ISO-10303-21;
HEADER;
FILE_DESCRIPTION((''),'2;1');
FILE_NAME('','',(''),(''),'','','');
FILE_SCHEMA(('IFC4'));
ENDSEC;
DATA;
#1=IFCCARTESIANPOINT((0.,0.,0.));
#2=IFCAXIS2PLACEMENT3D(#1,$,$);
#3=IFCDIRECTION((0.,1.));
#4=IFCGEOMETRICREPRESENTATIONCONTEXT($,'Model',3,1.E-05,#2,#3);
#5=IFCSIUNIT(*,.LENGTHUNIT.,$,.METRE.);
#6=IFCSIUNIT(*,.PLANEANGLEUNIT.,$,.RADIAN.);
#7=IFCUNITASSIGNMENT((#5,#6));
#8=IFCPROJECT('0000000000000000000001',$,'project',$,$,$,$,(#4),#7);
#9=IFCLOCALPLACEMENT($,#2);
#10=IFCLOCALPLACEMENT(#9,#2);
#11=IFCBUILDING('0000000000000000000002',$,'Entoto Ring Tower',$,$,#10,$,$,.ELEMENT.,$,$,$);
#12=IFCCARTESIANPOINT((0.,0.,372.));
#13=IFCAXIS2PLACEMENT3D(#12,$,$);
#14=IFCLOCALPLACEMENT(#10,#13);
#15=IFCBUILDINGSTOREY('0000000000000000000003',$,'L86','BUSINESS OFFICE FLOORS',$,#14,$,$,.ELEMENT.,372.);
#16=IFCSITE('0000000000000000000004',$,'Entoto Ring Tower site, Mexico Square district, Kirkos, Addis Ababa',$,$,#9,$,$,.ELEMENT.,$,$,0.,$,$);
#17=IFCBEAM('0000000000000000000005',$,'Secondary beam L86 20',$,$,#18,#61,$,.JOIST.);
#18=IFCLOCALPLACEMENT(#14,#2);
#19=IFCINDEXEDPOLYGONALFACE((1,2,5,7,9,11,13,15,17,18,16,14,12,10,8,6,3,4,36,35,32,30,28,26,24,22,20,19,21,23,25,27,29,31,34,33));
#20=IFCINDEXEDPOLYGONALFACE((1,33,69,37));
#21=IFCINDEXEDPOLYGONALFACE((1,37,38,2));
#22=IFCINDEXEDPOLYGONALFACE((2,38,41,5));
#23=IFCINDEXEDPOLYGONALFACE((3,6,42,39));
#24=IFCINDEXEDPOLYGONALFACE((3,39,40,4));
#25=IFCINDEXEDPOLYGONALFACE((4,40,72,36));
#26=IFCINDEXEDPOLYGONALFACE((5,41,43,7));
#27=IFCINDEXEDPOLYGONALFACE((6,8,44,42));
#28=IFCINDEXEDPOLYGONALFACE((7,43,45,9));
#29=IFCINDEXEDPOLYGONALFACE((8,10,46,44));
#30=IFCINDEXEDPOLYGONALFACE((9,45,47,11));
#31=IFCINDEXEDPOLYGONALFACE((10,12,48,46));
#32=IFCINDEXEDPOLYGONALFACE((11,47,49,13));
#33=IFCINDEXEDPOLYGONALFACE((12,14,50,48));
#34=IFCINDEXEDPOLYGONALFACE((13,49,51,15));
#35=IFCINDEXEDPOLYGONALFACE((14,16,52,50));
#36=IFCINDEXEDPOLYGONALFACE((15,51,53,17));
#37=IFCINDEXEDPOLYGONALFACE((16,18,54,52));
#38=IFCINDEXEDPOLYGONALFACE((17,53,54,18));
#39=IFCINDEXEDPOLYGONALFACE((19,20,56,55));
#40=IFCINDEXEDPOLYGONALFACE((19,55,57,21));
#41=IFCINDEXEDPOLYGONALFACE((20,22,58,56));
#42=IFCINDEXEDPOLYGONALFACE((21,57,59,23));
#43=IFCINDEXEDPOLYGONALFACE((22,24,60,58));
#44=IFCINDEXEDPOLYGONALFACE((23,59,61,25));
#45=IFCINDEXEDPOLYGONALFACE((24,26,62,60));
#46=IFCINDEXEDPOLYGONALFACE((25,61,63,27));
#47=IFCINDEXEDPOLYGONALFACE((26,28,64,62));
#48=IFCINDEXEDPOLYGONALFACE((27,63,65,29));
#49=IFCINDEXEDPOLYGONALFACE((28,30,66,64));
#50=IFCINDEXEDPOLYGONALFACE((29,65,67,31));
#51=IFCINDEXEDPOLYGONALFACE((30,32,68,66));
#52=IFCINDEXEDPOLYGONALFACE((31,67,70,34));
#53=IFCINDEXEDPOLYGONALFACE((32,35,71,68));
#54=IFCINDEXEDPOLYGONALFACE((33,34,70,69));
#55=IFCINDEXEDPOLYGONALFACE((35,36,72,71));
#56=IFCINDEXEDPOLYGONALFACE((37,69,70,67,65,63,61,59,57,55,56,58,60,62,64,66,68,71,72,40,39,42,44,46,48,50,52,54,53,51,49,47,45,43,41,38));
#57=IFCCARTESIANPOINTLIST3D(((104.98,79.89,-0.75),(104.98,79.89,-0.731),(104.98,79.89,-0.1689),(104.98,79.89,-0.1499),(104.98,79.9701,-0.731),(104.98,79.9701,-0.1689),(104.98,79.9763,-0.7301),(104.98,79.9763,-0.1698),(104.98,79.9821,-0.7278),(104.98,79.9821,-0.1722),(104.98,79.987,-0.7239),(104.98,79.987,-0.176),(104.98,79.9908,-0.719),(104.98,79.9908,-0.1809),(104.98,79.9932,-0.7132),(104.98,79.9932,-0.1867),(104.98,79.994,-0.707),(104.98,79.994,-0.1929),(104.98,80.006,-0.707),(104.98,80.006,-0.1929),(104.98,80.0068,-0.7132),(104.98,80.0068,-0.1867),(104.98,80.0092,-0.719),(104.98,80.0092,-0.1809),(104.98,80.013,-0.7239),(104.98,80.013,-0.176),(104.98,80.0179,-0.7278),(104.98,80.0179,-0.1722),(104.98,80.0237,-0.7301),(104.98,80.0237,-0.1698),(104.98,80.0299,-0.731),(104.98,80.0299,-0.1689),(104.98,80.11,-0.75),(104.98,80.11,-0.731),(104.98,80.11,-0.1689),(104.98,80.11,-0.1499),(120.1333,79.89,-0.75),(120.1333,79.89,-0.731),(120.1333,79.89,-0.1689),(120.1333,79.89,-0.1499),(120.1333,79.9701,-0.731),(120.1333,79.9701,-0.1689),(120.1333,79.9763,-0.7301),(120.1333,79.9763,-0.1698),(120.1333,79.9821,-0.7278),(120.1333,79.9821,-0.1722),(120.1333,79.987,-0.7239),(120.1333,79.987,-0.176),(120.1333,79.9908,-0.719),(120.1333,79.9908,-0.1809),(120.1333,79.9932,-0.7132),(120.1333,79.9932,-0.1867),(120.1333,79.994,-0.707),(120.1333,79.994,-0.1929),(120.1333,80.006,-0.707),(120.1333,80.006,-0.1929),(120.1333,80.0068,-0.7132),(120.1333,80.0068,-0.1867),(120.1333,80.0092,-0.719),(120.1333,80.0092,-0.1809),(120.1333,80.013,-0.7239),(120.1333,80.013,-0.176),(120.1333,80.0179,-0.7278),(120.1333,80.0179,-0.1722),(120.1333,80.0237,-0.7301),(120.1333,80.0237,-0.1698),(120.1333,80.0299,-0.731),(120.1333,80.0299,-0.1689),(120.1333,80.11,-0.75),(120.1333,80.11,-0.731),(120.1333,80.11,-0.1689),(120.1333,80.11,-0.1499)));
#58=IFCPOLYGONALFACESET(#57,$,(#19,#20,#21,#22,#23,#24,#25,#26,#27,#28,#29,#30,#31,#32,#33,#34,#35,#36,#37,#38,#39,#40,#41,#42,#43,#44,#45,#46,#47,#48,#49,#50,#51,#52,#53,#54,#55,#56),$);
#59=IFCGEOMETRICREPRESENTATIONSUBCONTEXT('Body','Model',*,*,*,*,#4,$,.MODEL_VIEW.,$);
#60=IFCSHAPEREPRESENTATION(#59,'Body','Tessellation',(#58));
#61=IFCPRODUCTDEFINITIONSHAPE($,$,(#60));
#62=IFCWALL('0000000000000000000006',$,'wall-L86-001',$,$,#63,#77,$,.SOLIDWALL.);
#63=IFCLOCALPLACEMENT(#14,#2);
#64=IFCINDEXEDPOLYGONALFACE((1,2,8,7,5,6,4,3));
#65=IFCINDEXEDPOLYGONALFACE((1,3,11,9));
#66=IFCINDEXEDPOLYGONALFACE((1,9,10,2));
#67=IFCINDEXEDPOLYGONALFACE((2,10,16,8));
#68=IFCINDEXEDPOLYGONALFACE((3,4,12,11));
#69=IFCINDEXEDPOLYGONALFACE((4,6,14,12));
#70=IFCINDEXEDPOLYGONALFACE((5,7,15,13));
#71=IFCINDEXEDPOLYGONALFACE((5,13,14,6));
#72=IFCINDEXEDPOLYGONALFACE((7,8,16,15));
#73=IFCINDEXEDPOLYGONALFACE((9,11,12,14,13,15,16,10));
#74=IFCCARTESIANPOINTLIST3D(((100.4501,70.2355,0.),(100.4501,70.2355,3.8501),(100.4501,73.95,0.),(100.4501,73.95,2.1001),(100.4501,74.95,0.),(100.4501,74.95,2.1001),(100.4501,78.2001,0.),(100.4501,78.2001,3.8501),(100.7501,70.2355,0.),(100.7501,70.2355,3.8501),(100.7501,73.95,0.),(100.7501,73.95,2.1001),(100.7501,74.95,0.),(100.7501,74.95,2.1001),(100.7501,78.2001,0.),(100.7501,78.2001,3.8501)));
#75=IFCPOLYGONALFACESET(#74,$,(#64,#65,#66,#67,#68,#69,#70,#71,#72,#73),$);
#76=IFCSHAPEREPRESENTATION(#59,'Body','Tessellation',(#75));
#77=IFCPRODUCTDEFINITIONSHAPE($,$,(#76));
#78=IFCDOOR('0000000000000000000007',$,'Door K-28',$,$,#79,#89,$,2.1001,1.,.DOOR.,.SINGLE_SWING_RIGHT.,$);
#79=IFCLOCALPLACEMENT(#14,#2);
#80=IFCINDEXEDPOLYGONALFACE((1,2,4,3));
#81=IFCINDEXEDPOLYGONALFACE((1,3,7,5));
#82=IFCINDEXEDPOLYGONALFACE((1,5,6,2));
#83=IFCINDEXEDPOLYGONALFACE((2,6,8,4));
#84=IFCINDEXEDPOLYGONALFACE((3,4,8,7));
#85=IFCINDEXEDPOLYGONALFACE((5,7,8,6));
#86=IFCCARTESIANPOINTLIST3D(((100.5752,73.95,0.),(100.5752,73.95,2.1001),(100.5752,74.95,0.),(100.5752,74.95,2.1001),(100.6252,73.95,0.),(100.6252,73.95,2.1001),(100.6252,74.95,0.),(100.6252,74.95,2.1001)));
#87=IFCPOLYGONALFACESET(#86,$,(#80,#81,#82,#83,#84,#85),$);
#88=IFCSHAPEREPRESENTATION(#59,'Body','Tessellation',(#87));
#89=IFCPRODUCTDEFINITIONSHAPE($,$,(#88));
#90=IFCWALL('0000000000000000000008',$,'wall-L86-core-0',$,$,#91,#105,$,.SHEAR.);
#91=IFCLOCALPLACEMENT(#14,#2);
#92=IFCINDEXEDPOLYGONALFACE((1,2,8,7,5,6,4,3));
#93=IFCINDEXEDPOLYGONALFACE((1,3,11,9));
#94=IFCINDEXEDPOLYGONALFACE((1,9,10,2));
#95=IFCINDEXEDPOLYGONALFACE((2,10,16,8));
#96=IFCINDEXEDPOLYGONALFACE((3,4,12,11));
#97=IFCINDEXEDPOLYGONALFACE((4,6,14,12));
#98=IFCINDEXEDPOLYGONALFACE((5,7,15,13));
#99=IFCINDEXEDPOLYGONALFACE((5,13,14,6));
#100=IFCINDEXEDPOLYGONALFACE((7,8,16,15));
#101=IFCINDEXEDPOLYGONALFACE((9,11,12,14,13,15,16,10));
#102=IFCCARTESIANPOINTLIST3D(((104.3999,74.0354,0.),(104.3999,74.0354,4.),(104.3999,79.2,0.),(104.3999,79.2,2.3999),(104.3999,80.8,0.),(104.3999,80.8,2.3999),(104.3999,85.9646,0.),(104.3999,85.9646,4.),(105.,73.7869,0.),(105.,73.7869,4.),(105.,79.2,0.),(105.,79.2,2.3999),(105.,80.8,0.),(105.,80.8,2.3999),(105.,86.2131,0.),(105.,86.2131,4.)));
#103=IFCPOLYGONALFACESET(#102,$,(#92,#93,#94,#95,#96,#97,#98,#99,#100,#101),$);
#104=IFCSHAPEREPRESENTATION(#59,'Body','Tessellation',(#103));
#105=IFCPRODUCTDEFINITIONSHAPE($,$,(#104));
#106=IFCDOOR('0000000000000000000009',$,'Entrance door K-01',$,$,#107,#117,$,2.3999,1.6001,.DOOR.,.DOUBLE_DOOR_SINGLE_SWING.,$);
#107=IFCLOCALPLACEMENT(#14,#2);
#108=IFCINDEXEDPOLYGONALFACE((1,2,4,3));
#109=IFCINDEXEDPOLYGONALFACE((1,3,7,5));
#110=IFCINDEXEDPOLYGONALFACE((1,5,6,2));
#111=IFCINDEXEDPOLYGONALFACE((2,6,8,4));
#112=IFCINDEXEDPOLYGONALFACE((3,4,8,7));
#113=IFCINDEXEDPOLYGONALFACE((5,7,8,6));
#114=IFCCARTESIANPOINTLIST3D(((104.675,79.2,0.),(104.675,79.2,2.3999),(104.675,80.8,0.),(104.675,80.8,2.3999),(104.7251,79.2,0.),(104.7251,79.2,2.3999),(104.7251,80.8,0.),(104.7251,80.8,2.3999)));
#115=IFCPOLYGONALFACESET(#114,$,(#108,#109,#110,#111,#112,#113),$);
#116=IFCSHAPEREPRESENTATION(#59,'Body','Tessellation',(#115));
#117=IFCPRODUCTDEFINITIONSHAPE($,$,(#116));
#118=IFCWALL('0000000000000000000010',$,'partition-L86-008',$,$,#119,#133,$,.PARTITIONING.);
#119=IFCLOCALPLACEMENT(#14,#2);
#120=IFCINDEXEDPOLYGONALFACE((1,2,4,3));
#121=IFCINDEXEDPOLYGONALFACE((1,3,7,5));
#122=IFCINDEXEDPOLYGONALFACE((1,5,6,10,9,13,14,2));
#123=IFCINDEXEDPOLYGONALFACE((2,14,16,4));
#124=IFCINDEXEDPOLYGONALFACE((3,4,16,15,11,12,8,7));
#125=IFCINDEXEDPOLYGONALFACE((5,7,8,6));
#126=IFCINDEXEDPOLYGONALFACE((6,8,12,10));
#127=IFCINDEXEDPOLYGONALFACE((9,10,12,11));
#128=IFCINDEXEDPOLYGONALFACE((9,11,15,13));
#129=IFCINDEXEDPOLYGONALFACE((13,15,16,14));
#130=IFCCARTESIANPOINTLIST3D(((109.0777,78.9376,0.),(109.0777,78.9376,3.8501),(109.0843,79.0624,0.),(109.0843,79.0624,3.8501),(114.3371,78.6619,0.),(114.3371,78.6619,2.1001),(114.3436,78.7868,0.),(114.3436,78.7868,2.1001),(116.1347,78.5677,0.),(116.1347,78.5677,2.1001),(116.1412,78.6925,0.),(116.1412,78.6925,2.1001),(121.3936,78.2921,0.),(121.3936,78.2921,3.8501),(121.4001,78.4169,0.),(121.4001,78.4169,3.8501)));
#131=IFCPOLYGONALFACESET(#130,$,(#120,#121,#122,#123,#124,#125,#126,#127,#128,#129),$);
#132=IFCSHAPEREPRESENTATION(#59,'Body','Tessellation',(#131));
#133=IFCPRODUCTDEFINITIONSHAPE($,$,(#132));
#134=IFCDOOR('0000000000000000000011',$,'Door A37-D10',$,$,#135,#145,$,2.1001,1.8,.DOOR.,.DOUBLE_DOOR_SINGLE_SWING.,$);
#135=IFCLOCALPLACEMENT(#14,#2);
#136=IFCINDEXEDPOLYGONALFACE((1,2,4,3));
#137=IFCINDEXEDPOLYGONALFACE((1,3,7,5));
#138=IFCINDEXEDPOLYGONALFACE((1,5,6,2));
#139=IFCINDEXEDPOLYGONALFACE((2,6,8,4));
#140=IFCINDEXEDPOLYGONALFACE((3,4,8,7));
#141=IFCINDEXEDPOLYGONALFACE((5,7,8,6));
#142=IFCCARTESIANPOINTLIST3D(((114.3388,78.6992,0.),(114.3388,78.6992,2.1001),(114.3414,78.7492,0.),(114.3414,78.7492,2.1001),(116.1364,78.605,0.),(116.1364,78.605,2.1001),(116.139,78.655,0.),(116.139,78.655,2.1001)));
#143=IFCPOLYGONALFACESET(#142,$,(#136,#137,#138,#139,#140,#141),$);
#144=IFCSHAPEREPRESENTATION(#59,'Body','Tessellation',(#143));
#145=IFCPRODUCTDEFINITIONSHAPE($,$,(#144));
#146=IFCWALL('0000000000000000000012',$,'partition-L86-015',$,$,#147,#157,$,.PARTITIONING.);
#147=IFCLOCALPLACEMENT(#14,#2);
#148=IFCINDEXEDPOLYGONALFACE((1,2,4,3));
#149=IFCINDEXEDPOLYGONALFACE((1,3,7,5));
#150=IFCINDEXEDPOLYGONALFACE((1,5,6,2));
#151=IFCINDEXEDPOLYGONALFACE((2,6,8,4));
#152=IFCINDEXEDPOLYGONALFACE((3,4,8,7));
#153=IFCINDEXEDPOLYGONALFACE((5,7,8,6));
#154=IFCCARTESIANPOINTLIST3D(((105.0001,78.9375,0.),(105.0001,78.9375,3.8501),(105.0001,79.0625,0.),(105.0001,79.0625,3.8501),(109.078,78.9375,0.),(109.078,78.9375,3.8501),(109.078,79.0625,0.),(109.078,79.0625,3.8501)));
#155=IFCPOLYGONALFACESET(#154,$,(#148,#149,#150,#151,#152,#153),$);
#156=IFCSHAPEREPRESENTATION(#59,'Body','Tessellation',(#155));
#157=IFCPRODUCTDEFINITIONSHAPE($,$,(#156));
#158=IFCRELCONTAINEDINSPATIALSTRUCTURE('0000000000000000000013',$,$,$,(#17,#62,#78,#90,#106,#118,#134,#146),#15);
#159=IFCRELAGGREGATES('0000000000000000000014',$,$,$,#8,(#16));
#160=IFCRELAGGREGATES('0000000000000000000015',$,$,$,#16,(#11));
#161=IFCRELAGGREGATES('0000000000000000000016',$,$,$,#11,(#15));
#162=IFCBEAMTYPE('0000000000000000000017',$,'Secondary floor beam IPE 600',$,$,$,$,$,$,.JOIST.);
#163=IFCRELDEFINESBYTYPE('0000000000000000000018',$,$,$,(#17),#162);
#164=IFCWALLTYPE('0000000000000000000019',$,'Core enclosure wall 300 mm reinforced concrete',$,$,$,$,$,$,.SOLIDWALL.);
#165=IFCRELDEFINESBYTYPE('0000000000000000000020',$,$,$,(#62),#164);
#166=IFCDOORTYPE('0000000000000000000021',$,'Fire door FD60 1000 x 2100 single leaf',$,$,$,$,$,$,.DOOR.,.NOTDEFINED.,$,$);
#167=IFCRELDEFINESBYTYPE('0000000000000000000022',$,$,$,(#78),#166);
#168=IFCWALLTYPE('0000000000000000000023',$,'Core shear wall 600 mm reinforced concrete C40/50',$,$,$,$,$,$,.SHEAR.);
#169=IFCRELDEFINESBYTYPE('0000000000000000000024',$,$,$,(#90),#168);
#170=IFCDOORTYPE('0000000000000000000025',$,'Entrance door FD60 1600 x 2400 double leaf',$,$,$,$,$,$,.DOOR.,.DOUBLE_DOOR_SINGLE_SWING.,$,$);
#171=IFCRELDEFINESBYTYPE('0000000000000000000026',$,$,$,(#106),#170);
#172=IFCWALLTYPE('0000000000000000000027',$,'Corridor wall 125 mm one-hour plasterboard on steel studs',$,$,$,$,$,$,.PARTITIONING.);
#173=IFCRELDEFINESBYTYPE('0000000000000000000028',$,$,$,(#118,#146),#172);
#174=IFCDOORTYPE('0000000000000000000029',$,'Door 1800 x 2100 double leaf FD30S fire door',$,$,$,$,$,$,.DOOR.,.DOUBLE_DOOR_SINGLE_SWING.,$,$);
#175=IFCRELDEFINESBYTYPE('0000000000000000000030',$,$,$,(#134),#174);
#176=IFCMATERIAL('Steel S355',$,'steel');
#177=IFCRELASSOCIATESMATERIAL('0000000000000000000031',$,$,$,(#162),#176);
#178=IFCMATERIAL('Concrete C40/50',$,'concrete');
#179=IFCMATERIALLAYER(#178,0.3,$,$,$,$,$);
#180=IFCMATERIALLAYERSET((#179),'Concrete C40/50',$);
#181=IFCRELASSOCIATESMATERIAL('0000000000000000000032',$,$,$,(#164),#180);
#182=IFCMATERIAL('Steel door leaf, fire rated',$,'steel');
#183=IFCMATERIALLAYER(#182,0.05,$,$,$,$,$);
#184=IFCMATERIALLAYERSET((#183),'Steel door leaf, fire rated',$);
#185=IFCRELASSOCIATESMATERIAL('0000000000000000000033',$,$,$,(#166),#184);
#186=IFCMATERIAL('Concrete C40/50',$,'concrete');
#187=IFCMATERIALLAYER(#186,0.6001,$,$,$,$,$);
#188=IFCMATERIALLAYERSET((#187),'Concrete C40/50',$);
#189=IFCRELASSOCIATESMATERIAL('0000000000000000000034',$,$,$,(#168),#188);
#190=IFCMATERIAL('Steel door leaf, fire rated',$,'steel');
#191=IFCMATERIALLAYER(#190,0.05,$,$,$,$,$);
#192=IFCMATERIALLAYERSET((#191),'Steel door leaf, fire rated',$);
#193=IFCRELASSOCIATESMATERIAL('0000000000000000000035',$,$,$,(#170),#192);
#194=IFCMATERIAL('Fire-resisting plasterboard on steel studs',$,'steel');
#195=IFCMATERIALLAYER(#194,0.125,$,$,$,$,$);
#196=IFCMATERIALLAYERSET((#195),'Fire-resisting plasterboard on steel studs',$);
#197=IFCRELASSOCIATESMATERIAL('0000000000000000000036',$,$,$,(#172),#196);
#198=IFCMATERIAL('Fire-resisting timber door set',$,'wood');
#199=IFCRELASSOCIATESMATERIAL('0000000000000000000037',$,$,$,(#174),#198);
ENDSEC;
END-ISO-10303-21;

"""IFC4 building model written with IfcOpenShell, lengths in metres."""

from ifc_helpers import new_model, si_unit, direction, frame, frame_2d, origin, origin_2d, place, context, subcontext, project, spatial, polyline, rectangle, i_section, outline, extrude, material, layer, layer_set, material_profile, profile_set, type_object, element, fill, save


model = new_model("IFC4")

# Units and contexts
model_context = context("Model", 3, precision=1e-05, world=origin(), true_north=direction((0.0, 1.0)))
body_context = subcontext(model_context, "Body", "Model", "MODEL_VIEW")
ifc_project = project(units=[si_unit("LENGTHUNIT", "METRE"), si_unit("PLANEANGLEUNIT", "RADIAN")], contexts=[model_context])

# Site, building, storey
site_placement = place(None, origin())
site = spatial("IfcSite", under=ifc_project, at=site_placement, Name="Entoto Ring Tower site, Mexico Square district, Kirkos, Addis Ababa", CompositionType="ELEMENT", RefElevation=0.0)
building_placement = place(site_placement, origin())
building = spatial("IfcBuilding", under=site, at=building_placement, Name="Entoto Ring Tower", CompositionType="ELEMENT")
storey_placement = place(building_placement, frame((0.0, 0.0, 372.0)))
storey = spatial("IfcBuildingStorey", under=building, at=storey_placement, Name="L86", Description="BUSINESS OFFICE FLOORS", CompositionType="ELEMENT", Elevation=372.0)

# Beam
ifc_material_1 = material(Name="Steel S355", Category="steel")
ifc_material_profile_1 = material_profile(ifc_material_1, i_section(OverallWidth=0.22, OverallDepth=0.6001, WebThickness=0.012, FlangeThickness=0.019, FilletRadius=0.0239, at=origin_2d()), Name="IPE 600")
ifc_profile_set_1 = profile_set([ifc_material_profile_1], Name="Steel S355")
beam_type_1 = type_object("IfcBeamType", Name="Secondary floor beam IPE 600", PredefinedType="JOIST", material=ifc_profile_set_1)
beam_1_placement = place(storey_placement, frame((104.98, 80.0, -0.45), z_axis=(1.0, 0.0, 0.0), x_axis=(0.0, 1.0, 0.0)))
element("IfcBeam", 1, at=beam_1_placement, inside=storey, type_object=beam_type_1, Name="Secondary beam L86 20", PredefinedType="JOIST", context=body_context, shape_type="SweptSolid", body=[
    extrude(i_section(OverallWidth=0.22, OverallDepth=0.6001, WebThickness=0.012, FlangeThickness=0.019, FilletRadius=0.0239, at=origin_2d()), origin(), (0.0, 0.0, 1.0), 15.1533),
])

# Walls, openings, doors
ifc_material_2 = material(Name="Concrete C40/50", Category="concrete")
ifc_layer_1 = layer(ifc_material_2, 0.3)
ifc_layer_set_1 = layer_set([ifc_layer_1], Name="Concrete C40/50")
wall_type_1 = type_object("IfcWallType", Name="Core enclosure wall 300 mm reinforced concrete", PredefinedType="SOLIDWALL", material=ifc_layer_set_1)
wall_1_placement = place(storey_placement, frame((100.6001, 70.2354, 0.0), z_axis=(0.0, 0.0, 1.0), x_axis=(0.0, 1.0, 0.0)))
wall_1 = element("IfcWall", 2, at=wall_1_placement, inside=storey, type_object=wall_type_1, Name="wall-L86-001", PredefinedType="SOLIDWALL", context=body_context, shape_type="SweptSolid", body=[
    extrude(rectangle(XDim=7.9646, YDim=0.3, at=frame_2d((3.9824, 0.0))), origin(), (0.0, 0.0, 1.0), 3.8501),
])
opening_1_placement = place(wall_1_placement, frame((3.7146, 0.0, 0.0)))
opening_1 = element("IfcOpeningElement", 3, at=opening_1_placement, cuts=wall_1, PredefinedType="OPENING", context=body_context, shape_type="SweptSolid", body=[
    extrude(rectangle(XDim=1.0, YDim=2.1001, at=frame_2d((0.5, 1.05))), frame((0.0, 0.1602, 0.0), z_axis=(0.0, -1.0, 0.0), x_axis=(1.0, 0.0, 0.0)), (0.0, 0.0, 1.0), 0.3201),
])
ifc_material_3 = material(Name="Steel door leaf, fire rated", Category="steel")
ifc_layer_2 = layer(ifc_material_3, 0.05)
ifc_layer_set_2 = layer_set([ifc_layer_2], Name="Steel door leaf, fire rated")
door_type_1 = type_object("IfcDoorType", Name="Fire door FD60 1000 x 2100 single leaf", OperationType="NOTDEFINED", PredefinedType="DOOR", material=ifc_layer_set_2)
door_1_placement = place(opening_1_placement, origin())
door_1 = element("IfcDoor", 4, at=door_1_placement, inside=storey, type_object=door_type_1, Name="Door K-28", OperationType="SINGLE_SWING_RIGHT", OverallHeight=2.1001, OverallWidth=1.0, PredefinedType="DOOR", context=body_context, shape_type="SweptSolid", body=[
    extrude(rectangle(XDim=1.0, YDim=2.1001, at=frame_2d((0.5, 1.05))), frame((0.0, 0.0249, 0.0), z_axis=(0.0, -1.0, 0.0), x_axis=(1.0, 0.0, 0.0)), (0.0, 0.0, 1.0), 0.05),
])
fill(opening_1, door_1)
ifc_material_4 = material(Name="Concrete C40/50", Category="concrete")
ifc_layer_3 = layer(ifc_material_4, 0.6001)
ifc_layer_set_3 = layer_set([ifc_layer_3], Name="Concrete C40/50")
wall_type_2 = type_object("IfcWallType", Name="Core shear wall 600 mm reinforced concrete C40/50", PredefinedType="SHEAR", material=ifc_layer_set_3)
wall_2_placement = place(storey_placement, frame((104.7, 73.9111, 0.0), z_axis=(0.0, 0.0, 1.0), x_axis=(0.0, 1.0, 0.0)))
wall_2 = element("IfcWall", 5, at=wall_2_placement, inside=storey, type_object=wall_type_2, Name="wall-L86-core-0", PredefinedType="SHEAR", context=body_context, shape_type="SweptSolid", body=[
    extrude(outline(polyline([(-0.1243, -0.3), (12.302, -0.3), (12.0535, 0.3), (0.1243, 0.3), (-0.1243, -0.3)])), origin(), (0.0, 0.0, 1.0), 4.0),
])
opening_2_placement = place(wall_2_placement, frame((5.2888, 0.0, 0.0)))
opening_2 = element("IfcOpeningElement", 6, at=opening_2_placement, cuts=wall_2, PredefinedType="OPENING", context=body_context, shape_type="SweptSolid", body=[
    extrude(rectangle(XDim=1.6001, YDim=2.3999, at=frame_2d((0.8, 1.2))), frame((0.0, 0.3101, 0.0), z_axis=(0.0, -1.0, 0.0), x_axis=(1.0, 0.0, 0.0)), (0.0, 0.0, 1.0), 0.6201),
])
ifc_material_5 = material(Name="Steel door leaf, fire rated", Category="steel")
ifc_layer_4 = layer(ifc_material_5, 0.05)
ifc_layer_set_4 = layer_set([ifc_layer_4], Name="Steel door leaf, fire rated")
door_type_2 = type_object("IfcDoorType", Name="Entrance door FD60 1600 x 2400 double leaf", OperationType="DOUBLE_DOOR_SINGLE_SWING", PredefinedType="DOOR", material=ifc_layer_set_4)
door_2_placement = place(opening_2_placement, origin())
door_2 = element("IfcDoor", 7, at=door_2_placement, inside=storey, type_object=door_type_2, Name="Entrance door K-01", OperationType="DOUBLE_DOOR_SINGLE_SWING", OverallHeight=2.3999, OverallWidth=1.6001, PredefinedType="DOOR", context=body_context, shape_type="SweptSolid", body=[
    extrude(rectangle(XDim=1.6001, YDim=2.3999, at=frame_2d((0.8, 1.2))), frame((0.0, 0.0249, 0.0), z_axis=(0.0, -1.0, 0.0), x_axis=(1.0, 0.0, 0.0)), (0.0, 0.0, 1.0), 0.05),
])
fill(opening_2, door_2)
ifc_material_6 = material(Name="Fire-resisting plasterboard on steel studs", Category="steel")
ifc_layer_5 = layer(ifc_material_6, 0.125)
ifc_layer_set_5 = layer_set([ifc_layer_5], Name="Fire-resisting plasterboard on steel studs")
wall_type_3 = type_object("IfcWallType", Name="Corridor wall 125 mm one-hour plasterboard on steel studs", PredefinedType="PARTITIONING", material=ifc_layer_set_5)
wall_3_placement = place(storey_placement, frame((121.397, 78.3545, 0.0), z_axis=(0.0, 0.0, 1.0), x_axis=(-0.998629, 0.052341, 0.0)))
wall_3 = element("IfcWall", 8, at=wall_3_placement, inside=storey, type_object=wall_type_3, Name="partition-L86-008", PredefinedType="PARTITIONING", context=body_context, shape_type="SweptSolid", body=[
    extrude(rectangle(XDim=12.3328, YDim=0.125, at=frame_2d((6.1665, 0.0))), origin(), (0.0, 0.0, 1.0), 3.8501),
])
opening_3_placement = place(wall_3_placement, frame((5.2664, 0.0, 0.0)))
opening_3 = element("IfcOpeningElement", 9, at=opening_3_placement, cuts=wall_3, PredefinedType="OPENING", context=body_context, shape_type="SweptSolid", body=[
    extrude(rectangle(XDim=1.8, YDim=2.1001, at=frame_2d((0.8999, 1.05))), frame((0.0, 0.0725, 0.0), z_axis=(0.0, -1.0, 0.0), x_axis=(1.0, 0.0, 0.0)), (0.0, 0.0, 1.0), 0.145),
])
ifc_material_7 = material(Name="Fire-resisting timber door set", Category="wood")
door_type_3 = type_object("IfcDoorType", Name="Door 1800 x 2100 double leaf FD30S fire door", OperationType="DOUBLE_DOOR_SINGLE_SWING", PredefinedType="DOOR", material=ifc_material_7)
door_3_placement = place(opening_3_placement, frame((1.8, 0.0, 0.0), z_axis=(0.0, 0.0, 1.0), x_axis=(-1.0, 0.0, 0.0)))
door_3 = element("IfcDoor", 10, at=door_3_placement, inside=storey, type_object=door_type_3, Name="Door A37-D10", OperationType="DOUBLE_DOOR_SINGLE_SWING", OverallHeight=2.1001, OverallWidth=1.8, PredefinedType="DOOR", context=body_context, shape_type="SweptSolid", body=[
    extrude(rectangle(XDim=1.8, YDim=2.1001, at=frame_2d((0.8999, 1.05))), frame((0.0, 0.0249, 0.0), z_axis=(0.0, -1.0, 0.0), x_axis=(1.0, 0.0, 0.0)), (0.0, 0.0, 1.0), 0.05),
])
fill(opening_3, door_3)

# Wall
wall_4_placement = place(storey_placement, frame((105.0, 79.0, 0.0), z_axis=(0.0, 0.0, 1.0), x_axis=(1.0, 0.0, 0.0)))
element("IfcWall", 11, at=wall_4_placement, inside=storey, type_object=wall_type_3, Name="partition-L86-015", PredefinedType="PARTITIONING", context=body_context, shape_type="SweptSolid", body=[
    extrude(rectangle(XDim=4.0779, YDim=0.125, at=frame_2d((2.0391, 0.0))), origin(), (0.0, 0.0, 1.0), 3.8501),
])

save(model, "model.ifc")
